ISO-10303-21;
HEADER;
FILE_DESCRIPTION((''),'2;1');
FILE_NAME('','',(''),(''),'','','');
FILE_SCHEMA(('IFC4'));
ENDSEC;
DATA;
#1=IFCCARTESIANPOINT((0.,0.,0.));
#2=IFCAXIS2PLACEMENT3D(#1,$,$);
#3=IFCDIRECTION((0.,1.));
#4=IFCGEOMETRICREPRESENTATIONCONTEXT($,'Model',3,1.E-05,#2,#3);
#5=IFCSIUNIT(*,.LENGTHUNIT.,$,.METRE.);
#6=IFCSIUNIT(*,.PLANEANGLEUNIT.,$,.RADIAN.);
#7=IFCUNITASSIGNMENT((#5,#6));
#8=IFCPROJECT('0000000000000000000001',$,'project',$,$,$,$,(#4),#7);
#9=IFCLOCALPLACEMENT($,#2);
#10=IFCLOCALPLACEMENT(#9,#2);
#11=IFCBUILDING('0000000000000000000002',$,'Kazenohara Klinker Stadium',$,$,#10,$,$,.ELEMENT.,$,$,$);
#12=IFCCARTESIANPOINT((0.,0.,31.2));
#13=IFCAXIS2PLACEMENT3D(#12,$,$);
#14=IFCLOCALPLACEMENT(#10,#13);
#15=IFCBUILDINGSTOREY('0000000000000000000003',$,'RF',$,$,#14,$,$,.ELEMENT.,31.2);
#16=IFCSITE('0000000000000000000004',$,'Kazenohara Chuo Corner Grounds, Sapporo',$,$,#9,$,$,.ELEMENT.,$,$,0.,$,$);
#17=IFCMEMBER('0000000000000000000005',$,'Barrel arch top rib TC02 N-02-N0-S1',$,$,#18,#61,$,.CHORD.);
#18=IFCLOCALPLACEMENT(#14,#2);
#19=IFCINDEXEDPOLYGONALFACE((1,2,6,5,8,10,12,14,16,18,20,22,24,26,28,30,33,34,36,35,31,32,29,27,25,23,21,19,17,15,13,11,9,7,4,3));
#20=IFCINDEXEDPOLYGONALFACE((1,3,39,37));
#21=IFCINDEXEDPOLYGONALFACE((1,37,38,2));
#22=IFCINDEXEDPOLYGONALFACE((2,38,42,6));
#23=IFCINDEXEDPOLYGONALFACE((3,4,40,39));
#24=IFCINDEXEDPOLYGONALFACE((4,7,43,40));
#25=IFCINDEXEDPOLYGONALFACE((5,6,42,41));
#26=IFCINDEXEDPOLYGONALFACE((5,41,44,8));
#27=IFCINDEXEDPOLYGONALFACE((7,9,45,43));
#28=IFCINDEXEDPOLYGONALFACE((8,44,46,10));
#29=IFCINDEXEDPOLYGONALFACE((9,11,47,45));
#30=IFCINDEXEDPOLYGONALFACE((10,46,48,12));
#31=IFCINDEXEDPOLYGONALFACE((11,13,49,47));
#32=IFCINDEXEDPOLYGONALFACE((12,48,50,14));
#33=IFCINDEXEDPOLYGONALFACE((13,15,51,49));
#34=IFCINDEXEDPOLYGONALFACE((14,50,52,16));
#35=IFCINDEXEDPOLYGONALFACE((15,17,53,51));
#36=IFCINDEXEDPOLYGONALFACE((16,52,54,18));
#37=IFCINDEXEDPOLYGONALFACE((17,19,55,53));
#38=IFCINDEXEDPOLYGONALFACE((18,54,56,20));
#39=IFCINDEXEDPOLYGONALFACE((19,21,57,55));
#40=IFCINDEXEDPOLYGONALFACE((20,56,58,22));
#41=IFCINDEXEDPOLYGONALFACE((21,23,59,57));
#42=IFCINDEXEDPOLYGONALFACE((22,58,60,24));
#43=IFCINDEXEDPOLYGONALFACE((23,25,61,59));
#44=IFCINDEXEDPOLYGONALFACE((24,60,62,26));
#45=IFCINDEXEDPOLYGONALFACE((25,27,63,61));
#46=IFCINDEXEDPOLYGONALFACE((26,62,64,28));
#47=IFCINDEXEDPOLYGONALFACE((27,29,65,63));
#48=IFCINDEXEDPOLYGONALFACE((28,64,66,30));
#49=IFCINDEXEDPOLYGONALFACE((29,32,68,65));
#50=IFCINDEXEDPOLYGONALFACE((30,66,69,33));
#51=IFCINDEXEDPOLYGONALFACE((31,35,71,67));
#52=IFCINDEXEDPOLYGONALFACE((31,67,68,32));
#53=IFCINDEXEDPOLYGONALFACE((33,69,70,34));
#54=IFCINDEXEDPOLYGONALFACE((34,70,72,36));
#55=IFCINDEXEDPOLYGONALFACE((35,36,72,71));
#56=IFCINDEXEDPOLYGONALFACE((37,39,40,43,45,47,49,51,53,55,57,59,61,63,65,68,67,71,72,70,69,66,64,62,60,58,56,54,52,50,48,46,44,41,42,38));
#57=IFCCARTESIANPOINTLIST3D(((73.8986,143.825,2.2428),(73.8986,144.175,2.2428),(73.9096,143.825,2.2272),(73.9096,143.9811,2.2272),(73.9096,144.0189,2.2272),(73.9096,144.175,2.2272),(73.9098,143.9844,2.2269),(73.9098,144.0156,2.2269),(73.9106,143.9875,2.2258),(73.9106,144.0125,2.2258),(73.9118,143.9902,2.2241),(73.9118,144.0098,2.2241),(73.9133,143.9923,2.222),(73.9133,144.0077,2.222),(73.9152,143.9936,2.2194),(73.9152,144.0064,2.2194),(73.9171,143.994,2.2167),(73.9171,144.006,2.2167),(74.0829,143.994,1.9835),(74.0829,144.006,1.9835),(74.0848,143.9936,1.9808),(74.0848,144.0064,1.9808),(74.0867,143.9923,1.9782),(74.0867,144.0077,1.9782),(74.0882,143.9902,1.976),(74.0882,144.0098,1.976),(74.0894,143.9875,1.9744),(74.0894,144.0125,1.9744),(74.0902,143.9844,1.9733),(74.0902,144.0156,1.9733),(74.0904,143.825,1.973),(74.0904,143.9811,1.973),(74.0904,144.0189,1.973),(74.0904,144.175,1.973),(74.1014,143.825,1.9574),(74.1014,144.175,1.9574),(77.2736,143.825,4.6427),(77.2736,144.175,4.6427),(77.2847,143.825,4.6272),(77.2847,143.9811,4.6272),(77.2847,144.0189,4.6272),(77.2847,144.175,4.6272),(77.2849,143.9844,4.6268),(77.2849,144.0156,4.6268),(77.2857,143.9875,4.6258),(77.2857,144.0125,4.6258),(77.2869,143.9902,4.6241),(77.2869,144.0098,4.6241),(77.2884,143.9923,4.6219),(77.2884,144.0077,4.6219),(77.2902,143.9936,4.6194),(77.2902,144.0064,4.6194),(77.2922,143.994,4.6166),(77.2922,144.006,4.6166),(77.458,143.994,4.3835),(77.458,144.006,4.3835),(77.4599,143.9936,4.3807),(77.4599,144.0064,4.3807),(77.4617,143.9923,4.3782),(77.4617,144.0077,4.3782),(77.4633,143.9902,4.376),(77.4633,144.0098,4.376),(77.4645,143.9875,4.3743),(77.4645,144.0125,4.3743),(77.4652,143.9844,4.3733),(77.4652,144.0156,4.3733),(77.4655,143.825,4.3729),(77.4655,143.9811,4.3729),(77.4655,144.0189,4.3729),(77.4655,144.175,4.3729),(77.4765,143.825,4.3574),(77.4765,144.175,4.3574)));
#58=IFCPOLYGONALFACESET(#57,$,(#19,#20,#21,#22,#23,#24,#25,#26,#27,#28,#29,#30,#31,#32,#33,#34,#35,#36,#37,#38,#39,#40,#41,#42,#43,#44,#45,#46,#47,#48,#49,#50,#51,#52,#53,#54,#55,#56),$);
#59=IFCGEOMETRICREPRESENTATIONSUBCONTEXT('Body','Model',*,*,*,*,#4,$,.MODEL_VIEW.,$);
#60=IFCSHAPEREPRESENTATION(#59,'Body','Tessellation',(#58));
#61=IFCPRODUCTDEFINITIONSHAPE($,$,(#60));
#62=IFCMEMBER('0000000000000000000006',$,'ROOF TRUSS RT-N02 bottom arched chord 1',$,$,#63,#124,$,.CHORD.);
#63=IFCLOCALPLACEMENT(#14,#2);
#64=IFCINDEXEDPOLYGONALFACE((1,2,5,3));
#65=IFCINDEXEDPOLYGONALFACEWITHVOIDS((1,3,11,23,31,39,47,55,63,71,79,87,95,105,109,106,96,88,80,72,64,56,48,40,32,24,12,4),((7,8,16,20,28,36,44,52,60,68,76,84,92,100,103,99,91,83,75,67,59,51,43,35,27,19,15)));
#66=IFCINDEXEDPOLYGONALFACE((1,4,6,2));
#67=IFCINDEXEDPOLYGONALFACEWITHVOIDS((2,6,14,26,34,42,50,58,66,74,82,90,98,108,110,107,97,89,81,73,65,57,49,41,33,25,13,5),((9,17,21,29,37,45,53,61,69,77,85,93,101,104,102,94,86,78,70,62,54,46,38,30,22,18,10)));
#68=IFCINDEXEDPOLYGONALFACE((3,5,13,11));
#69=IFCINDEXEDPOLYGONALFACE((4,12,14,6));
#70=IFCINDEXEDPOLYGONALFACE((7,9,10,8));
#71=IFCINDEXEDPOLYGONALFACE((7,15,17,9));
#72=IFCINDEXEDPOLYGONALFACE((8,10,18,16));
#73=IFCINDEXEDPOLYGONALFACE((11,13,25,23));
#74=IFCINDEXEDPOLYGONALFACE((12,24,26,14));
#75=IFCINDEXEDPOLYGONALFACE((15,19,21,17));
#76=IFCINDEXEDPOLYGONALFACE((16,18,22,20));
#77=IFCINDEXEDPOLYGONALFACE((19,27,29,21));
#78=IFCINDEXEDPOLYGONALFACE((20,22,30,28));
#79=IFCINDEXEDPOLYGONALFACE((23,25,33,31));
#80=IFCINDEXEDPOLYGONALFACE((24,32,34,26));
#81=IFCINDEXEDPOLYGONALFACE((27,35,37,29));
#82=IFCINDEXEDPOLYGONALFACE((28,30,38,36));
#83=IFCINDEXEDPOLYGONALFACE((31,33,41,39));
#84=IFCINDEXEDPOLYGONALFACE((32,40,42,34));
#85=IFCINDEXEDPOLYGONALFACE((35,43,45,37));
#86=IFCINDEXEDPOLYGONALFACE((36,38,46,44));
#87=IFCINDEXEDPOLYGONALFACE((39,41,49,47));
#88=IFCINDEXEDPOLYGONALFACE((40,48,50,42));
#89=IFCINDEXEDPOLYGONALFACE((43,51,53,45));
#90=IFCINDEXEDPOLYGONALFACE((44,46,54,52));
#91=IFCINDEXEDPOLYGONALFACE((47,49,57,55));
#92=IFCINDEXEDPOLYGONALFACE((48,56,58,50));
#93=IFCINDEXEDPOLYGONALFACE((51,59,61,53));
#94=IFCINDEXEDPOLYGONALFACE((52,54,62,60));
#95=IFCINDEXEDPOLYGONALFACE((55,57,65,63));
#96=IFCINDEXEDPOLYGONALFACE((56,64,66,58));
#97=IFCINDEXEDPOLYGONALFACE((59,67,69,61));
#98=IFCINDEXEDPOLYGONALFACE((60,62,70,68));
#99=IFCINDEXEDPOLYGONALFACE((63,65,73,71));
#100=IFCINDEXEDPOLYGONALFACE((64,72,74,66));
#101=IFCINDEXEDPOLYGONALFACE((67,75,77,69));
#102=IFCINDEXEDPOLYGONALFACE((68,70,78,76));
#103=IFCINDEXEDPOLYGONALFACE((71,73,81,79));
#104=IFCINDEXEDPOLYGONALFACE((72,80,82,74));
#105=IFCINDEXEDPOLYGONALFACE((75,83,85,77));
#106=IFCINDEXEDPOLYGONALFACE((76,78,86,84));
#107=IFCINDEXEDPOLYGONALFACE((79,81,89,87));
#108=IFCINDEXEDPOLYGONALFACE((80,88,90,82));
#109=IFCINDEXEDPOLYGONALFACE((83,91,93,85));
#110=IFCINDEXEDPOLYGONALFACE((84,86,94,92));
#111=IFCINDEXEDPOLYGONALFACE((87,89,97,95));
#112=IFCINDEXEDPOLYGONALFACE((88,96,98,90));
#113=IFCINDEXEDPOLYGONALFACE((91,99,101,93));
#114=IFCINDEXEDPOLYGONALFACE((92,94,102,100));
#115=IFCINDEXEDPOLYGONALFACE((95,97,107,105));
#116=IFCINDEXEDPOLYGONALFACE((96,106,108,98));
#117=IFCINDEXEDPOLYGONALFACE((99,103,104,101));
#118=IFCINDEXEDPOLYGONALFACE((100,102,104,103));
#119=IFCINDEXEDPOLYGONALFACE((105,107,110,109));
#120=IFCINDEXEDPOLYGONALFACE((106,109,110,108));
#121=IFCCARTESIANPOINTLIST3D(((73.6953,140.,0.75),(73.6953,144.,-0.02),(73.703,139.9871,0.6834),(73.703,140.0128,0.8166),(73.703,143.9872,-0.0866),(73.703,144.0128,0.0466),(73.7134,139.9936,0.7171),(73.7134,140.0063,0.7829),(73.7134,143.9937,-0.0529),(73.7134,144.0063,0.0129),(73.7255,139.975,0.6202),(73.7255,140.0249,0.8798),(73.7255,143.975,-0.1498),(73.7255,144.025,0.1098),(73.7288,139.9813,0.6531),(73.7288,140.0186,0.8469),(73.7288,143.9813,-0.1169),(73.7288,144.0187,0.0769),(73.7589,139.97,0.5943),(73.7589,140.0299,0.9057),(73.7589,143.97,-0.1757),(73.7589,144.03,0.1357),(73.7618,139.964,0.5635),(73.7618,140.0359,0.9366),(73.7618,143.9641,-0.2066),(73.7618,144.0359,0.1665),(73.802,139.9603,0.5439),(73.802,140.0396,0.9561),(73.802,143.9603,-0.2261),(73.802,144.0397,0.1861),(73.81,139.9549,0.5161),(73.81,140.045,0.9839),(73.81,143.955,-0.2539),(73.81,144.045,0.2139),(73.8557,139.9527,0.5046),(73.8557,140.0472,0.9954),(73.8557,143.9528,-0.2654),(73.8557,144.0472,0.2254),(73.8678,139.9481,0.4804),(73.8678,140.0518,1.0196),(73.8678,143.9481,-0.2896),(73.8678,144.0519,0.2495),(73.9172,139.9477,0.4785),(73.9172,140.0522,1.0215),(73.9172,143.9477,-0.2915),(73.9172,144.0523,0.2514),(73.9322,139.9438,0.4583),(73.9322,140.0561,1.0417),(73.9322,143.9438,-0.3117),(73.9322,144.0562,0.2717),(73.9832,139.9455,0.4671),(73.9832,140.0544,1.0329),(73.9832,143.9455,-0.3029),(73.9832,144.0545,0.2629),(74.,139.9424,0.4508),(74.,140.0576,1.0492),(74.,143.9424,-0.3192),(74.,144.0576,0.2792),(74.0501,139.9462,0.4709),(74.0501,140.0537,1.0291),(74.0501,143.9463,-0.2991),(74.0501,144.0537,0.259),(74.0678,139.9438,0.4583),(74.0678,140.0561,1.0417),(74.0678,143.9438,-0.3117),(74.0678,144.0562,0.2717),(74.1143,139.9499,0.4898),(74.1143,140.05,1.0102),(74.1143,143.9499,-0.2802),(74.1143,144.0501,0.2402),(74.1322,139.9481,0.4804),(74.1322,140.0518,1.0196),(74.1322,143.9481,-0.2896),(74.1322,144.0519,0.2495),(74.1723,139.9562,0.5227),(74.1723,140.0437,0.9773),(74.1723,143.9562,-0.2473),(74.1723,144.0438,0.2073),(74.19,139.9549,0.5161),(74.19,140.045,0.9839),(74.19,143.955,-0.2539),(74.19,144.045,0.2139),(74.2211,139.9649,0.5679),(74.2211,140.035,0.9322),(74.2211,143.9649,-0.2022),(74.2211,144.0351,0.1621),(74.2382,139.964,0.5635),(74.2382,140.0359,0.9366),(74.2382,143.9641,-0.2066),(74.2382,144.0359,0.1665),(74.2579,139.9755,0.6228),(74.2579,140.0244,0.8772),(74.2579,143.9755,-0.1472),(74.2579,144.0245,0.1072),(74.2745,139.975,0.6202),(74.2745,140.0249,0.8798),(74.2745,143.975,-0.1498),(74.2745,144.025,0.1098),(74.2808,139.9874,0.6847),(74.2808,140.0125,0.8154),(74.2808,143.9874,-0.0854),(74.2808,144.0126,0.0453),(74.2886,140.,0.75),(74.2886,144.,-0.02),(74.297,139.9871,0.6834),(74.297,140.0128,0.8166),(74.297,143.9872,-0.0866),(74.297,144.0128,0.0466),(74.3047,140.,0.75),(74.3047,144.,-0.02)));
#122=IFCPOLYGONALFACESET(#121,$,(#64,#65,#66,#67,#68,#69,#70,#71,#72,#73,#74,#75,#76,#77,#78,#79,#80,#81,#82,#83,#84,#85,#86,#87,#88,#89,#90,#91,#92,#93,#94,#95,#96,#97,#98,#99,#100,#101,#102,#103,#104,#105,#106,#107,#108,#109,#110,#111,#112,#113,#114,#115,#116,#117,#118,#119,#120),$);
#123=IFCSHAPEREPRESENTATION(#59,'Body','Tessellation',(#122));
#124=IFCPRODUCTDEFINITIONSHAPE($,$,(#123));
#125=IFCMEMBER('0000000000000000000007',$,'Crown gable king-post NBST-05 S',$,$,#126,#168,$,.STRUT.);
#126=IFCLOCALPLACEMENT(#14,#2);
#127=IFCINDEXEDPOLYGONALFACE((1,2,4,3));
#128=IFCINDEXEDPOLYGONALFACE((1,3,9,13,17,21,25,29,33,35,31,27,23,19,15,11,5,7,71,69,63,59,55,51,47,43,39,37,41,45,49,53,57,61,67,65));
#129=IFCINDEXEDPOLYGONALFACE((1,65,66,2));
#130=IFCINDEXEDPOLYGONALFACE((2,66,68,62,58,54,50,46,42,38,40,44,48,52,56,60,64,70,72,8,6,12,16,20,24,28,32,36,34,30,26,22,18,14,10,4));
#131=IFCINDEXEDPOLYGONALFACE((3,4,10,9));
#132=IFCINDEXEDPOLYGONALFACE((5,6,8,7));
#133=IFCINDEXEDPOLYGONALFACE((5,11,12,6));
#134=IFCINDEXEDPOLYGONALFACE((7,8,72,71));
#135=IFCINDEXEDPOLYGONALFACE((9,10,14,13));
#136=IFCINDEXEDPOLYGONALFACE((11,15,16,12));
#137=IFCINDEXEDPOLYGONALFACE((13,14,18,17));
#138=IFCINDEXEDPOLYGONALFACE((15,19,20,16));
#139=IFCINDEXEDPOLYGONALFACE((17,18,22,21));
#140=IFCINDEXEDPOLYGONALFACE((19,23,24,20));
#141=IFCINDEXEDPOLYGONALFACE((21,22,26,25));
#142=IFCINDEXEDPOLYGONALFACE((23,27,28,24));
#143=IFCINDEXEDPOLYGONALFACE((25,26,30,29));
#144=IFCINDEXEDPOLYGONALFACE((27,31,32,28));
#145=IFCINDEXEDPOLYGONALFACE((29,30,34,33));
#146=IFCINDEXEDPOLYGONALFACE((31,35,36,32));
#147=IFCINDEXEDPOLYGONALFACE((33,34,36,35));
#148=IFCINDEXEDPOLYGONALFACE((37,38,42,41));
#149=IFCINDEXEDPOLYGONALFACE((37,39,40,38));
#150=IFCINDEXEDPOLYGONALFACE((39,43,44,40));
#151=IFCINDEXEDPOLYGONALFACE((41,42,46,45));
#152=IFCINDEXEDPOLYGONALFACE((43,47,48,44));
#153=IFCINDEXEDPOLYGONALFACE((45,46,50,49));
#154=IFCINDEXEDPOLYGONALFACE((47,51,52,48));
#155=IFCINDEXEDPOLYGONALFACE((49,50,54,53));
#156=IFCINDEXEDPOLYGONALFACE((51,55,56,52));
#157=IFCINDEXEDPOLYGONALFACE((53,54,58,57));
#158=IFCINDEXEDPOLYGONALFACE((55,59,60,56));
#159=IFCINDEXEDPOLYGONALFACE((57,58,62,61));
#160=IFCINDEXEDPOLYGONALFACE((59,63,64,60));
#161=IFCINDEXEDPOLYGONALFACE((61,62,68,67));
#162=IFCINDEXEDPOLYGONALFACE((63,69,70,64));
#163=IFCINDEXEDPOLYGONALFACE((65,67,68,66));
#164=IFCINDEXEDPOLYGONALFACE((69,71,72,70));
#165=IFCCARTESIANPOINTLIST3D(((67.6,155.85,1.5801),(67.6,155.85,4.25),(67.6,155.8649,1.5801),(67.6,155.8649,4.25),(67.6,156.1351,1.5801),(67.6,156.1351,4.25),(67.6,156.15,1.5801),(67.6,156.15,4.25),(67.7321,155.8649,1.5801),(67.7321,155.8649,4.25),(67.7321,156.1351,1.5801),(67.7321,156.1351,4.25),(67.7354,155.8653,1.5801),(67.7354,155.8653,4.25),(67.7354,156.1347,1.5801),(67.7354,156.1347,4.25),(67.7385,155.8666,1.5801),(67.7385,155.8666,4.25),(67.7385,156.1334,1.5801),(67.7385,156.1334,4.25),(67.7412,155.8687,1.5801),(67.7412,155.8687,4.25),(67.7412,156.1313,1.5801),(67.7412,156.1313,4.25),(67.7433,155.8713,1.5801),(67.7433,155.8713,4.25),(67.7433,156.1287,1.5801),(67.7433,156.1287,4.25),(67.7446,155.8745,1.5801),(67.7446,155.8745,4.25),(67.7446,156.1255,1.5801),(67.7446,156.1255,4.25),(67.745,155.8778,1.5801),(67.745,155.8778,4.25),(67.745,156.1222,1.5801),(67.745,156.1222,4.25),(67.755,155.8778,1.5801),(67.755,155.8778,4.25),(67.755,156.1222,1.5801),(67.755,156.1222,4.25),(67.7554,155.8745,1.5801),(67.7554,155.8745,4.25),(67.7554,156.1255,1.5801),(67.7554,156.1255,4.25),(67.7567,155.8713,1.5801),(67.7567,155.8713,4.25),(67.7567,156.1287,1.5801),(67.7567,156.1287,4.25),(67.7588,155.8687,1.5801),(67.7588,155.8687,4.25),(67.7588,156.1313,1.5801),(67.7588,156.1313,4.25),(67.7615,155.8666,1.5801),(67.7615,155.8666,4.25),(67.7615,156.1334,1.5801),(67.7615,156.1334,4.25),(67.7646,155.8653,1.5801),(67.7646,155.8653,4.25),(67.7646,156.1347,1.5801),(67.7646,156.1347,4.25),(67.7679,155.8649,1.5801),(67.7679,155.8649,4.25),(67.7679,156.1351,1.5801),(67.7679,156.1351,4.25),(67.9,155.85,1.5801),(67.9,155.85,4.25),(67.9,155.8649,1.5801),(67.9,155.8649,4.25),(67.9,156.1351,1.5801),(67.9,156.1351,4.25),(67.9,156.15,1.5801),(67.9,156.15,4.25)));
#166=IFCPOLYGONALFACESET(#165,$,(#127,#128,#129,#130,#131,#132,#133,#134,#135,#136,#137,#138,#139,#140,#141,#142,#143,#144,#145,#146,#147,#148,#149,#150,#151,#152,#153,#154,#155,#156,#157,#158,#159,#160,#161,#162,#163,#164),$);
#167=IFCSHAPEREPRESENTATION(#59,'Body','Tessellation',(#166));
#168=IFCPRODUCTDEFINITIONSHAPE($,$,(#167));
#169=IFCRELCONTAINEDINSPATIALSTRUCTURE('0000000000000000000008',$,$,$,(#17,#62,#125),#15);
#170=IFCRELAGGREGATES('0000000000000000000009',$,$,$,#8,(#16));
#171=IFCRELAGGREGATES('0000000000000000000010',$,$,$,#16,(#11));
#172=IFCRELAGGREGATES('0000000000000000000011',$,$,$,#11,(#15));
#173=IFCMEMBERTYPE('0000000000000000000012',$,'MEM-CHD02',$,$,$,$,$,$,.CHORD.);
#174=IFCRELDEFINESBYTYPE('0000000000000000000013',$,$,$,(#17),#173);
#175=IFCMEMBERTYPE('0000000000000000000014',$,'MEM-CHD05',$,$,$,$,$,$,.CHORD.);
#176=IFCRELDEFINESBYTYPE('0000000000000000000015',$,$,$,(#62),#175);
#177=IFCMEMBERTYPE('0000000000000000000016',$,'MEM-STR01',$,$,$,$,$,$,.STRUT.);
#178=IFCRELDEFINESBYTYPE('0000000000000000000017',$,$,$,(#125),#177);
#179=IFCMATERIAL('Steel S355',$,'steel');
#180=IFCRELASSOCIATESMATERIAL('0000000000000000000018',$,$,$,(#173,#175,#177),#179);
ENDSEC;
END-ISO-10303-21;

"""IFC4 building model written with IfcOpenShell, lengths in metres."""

from ifc_helpers import new_model, si_unit, direction, frame, origin, origin_2d, place, context, subcontext, project, spatial, hollow_circle, i_section, extrude, material, material_profile, profile_set, type_object, element, save


model = new_model("IFC4")

# Units and contexts
model_context = context("Model", 3, precision=1e-05, world=origin(), true_north=direction((0.0, 1.0)))
body_context = subcontext(model_context, "Body", "Model", "MODEL_VIEW")
ifc_project = project(units=[si_unit("LENGTHUNIT", "METRE"), si_unit("PLANEANGLEUNIT", "RADIAN")], contexts=[model_context])

# Site, building, storey
site_placement = place(None, origin())
site = spatial("IfcSite", under=ifc_project, at=site_placement, Name="Kazenohara Chuo Corner Grounds, Sapporo", CompositionType="ELEMENT", RefElevation=0.0)
building_placement = place(site_placement, origin())
building = spatial("IfcBuilding", under=site, at=building_placement, Name="Kazenohara Klinker Stadium", CompositionType="ELEMENT")
storey_placement = place(building_placement, frame((0.0, 0.0, 31.2)))
storey = spatial("IfcBuildingStorey", under=building, at=storey_placement, Name="RF", CompositionType="ELEMENT", Elevation=31.2)

# Members
ifc_material_1 = material(Name="Steel S355", Category="steel")
ifc_material_profile_1 = material_profile(ifc_material_1, i_section(OverallWidth=0.3501, OverallDepth=0.3501, WebThickness=0.012, FlangeThickness=0.019, FilletRadius=0.0129, at=origin_2d()), Name="H-350x350x12x19")
ifc_profile_set_1 = profile_set([ifc_material_profile_1], Name="Steel S355")
member_type_1 = type_object("IfcMemberType", Name="MEM-CHD02", PredefinedType="CHORD", material=ifc_profile_set_1)
member_1_placement = place(storey_placement, frame((74.0, 144.0, 2.1001), z_axis=(0.814966, 0.0, 0.579508), x_axis=(0.0, 1.0, 0.0)))
element("IfcMember", 1, at=member_1_placement, inside=storey, type_object=member_type_1, Name="Barrel arch top rib TC02 N-02-N0-S1", PredefinedType="CHORD", context=body_context, shape_type="SweptSolid", body=[
    extrude(i_section(OverallWidth=0.3501, OverallDepth=0.3501, WebThickness=0.012, FlangeThickness=0.019, FilletRadius=0.0129, at=origin_2d()), origin(), (0.0, 0.0, 1.0), 4.1414),
])
ifc_material_profile_2 = material_profile(ifc_material_1, hollow_circle(Radius=0.3047, WallThickness=0.0161, at=origin_2d()), Name="CHS-609.6x16")
ifc_profile_set_2 = profile_set([ifc_material_profile_2], Name="Steel S355")
member_type_2 = type_object("IfcMemberType", Name="MEM-CHD05", PredefinedType="CHORD", material=ifc_profile_set_2)
member_2_placement = place(storey_placement, frame((74.0, 144.0, -0.02), z_axis=(0.0, -0.981971, 0.189034), x_axis=(1.0, 0.0, 0.0)))
element("IfcMember", 2, at=member_2_placement, inside=storey, type_object=member_type_2, Name="ROOF TRUSS RT-N02 bottom arched chord 1", PredefinedType="CHORD", context=body_context, shape_type="SweptSolid", body=[
    extrude(hollow_circle(Radius=0.3047, WallThickness=0.0161, at=origin_2d()), origin(), (0.0, 0.0, 1.0), 4.0735),
])
ifc_material_profile_3 = material_profile(ifc_material_1, i_section(OverallWidth=0.3, OverallDepth=0.3, WebThickness=0.01, FlangeThickness=0.0149, FilletRadius=0.0129, at=origin_2d()), Name="H-300x300x10x15")
ifc_profile_set_3 = profile_set([ifc_material_profile_3], Name="Steel S355")
member_type_3 = type_object("IfcMemberType", Name="MEM-STR01", PredefinedType="STRUT", material=ifc_profile_set_3)
for number, where, z_axis, x_axis, name in (
    (3, (67.75, 156.0, 1.5801), (0.0, 0.0, 1.0), (1.0, 0.0, 0.0), "Crown gable king-post NBST-05 S"),
):
    element("IfcMember", number, at=place(storey_placement, frame(where, z_axis=z_axis, x_axis=x_axis)), inside=storey, type_object=member_type_3, Name=name, PredefinedType="STRUT", context=body_context, shape_type="SweptSolid", body=[
        extrude(i_section(OverallWidth=0.3, OverallDepth=0.3, WebThickness=0.01, FlangeThickness=0.0149, FilletRadius=0.0129, at=origin_2d()), origin(), (0.0, 0.0, 1.0), 2.6699),
    ])

save(model, "model.ifc")
